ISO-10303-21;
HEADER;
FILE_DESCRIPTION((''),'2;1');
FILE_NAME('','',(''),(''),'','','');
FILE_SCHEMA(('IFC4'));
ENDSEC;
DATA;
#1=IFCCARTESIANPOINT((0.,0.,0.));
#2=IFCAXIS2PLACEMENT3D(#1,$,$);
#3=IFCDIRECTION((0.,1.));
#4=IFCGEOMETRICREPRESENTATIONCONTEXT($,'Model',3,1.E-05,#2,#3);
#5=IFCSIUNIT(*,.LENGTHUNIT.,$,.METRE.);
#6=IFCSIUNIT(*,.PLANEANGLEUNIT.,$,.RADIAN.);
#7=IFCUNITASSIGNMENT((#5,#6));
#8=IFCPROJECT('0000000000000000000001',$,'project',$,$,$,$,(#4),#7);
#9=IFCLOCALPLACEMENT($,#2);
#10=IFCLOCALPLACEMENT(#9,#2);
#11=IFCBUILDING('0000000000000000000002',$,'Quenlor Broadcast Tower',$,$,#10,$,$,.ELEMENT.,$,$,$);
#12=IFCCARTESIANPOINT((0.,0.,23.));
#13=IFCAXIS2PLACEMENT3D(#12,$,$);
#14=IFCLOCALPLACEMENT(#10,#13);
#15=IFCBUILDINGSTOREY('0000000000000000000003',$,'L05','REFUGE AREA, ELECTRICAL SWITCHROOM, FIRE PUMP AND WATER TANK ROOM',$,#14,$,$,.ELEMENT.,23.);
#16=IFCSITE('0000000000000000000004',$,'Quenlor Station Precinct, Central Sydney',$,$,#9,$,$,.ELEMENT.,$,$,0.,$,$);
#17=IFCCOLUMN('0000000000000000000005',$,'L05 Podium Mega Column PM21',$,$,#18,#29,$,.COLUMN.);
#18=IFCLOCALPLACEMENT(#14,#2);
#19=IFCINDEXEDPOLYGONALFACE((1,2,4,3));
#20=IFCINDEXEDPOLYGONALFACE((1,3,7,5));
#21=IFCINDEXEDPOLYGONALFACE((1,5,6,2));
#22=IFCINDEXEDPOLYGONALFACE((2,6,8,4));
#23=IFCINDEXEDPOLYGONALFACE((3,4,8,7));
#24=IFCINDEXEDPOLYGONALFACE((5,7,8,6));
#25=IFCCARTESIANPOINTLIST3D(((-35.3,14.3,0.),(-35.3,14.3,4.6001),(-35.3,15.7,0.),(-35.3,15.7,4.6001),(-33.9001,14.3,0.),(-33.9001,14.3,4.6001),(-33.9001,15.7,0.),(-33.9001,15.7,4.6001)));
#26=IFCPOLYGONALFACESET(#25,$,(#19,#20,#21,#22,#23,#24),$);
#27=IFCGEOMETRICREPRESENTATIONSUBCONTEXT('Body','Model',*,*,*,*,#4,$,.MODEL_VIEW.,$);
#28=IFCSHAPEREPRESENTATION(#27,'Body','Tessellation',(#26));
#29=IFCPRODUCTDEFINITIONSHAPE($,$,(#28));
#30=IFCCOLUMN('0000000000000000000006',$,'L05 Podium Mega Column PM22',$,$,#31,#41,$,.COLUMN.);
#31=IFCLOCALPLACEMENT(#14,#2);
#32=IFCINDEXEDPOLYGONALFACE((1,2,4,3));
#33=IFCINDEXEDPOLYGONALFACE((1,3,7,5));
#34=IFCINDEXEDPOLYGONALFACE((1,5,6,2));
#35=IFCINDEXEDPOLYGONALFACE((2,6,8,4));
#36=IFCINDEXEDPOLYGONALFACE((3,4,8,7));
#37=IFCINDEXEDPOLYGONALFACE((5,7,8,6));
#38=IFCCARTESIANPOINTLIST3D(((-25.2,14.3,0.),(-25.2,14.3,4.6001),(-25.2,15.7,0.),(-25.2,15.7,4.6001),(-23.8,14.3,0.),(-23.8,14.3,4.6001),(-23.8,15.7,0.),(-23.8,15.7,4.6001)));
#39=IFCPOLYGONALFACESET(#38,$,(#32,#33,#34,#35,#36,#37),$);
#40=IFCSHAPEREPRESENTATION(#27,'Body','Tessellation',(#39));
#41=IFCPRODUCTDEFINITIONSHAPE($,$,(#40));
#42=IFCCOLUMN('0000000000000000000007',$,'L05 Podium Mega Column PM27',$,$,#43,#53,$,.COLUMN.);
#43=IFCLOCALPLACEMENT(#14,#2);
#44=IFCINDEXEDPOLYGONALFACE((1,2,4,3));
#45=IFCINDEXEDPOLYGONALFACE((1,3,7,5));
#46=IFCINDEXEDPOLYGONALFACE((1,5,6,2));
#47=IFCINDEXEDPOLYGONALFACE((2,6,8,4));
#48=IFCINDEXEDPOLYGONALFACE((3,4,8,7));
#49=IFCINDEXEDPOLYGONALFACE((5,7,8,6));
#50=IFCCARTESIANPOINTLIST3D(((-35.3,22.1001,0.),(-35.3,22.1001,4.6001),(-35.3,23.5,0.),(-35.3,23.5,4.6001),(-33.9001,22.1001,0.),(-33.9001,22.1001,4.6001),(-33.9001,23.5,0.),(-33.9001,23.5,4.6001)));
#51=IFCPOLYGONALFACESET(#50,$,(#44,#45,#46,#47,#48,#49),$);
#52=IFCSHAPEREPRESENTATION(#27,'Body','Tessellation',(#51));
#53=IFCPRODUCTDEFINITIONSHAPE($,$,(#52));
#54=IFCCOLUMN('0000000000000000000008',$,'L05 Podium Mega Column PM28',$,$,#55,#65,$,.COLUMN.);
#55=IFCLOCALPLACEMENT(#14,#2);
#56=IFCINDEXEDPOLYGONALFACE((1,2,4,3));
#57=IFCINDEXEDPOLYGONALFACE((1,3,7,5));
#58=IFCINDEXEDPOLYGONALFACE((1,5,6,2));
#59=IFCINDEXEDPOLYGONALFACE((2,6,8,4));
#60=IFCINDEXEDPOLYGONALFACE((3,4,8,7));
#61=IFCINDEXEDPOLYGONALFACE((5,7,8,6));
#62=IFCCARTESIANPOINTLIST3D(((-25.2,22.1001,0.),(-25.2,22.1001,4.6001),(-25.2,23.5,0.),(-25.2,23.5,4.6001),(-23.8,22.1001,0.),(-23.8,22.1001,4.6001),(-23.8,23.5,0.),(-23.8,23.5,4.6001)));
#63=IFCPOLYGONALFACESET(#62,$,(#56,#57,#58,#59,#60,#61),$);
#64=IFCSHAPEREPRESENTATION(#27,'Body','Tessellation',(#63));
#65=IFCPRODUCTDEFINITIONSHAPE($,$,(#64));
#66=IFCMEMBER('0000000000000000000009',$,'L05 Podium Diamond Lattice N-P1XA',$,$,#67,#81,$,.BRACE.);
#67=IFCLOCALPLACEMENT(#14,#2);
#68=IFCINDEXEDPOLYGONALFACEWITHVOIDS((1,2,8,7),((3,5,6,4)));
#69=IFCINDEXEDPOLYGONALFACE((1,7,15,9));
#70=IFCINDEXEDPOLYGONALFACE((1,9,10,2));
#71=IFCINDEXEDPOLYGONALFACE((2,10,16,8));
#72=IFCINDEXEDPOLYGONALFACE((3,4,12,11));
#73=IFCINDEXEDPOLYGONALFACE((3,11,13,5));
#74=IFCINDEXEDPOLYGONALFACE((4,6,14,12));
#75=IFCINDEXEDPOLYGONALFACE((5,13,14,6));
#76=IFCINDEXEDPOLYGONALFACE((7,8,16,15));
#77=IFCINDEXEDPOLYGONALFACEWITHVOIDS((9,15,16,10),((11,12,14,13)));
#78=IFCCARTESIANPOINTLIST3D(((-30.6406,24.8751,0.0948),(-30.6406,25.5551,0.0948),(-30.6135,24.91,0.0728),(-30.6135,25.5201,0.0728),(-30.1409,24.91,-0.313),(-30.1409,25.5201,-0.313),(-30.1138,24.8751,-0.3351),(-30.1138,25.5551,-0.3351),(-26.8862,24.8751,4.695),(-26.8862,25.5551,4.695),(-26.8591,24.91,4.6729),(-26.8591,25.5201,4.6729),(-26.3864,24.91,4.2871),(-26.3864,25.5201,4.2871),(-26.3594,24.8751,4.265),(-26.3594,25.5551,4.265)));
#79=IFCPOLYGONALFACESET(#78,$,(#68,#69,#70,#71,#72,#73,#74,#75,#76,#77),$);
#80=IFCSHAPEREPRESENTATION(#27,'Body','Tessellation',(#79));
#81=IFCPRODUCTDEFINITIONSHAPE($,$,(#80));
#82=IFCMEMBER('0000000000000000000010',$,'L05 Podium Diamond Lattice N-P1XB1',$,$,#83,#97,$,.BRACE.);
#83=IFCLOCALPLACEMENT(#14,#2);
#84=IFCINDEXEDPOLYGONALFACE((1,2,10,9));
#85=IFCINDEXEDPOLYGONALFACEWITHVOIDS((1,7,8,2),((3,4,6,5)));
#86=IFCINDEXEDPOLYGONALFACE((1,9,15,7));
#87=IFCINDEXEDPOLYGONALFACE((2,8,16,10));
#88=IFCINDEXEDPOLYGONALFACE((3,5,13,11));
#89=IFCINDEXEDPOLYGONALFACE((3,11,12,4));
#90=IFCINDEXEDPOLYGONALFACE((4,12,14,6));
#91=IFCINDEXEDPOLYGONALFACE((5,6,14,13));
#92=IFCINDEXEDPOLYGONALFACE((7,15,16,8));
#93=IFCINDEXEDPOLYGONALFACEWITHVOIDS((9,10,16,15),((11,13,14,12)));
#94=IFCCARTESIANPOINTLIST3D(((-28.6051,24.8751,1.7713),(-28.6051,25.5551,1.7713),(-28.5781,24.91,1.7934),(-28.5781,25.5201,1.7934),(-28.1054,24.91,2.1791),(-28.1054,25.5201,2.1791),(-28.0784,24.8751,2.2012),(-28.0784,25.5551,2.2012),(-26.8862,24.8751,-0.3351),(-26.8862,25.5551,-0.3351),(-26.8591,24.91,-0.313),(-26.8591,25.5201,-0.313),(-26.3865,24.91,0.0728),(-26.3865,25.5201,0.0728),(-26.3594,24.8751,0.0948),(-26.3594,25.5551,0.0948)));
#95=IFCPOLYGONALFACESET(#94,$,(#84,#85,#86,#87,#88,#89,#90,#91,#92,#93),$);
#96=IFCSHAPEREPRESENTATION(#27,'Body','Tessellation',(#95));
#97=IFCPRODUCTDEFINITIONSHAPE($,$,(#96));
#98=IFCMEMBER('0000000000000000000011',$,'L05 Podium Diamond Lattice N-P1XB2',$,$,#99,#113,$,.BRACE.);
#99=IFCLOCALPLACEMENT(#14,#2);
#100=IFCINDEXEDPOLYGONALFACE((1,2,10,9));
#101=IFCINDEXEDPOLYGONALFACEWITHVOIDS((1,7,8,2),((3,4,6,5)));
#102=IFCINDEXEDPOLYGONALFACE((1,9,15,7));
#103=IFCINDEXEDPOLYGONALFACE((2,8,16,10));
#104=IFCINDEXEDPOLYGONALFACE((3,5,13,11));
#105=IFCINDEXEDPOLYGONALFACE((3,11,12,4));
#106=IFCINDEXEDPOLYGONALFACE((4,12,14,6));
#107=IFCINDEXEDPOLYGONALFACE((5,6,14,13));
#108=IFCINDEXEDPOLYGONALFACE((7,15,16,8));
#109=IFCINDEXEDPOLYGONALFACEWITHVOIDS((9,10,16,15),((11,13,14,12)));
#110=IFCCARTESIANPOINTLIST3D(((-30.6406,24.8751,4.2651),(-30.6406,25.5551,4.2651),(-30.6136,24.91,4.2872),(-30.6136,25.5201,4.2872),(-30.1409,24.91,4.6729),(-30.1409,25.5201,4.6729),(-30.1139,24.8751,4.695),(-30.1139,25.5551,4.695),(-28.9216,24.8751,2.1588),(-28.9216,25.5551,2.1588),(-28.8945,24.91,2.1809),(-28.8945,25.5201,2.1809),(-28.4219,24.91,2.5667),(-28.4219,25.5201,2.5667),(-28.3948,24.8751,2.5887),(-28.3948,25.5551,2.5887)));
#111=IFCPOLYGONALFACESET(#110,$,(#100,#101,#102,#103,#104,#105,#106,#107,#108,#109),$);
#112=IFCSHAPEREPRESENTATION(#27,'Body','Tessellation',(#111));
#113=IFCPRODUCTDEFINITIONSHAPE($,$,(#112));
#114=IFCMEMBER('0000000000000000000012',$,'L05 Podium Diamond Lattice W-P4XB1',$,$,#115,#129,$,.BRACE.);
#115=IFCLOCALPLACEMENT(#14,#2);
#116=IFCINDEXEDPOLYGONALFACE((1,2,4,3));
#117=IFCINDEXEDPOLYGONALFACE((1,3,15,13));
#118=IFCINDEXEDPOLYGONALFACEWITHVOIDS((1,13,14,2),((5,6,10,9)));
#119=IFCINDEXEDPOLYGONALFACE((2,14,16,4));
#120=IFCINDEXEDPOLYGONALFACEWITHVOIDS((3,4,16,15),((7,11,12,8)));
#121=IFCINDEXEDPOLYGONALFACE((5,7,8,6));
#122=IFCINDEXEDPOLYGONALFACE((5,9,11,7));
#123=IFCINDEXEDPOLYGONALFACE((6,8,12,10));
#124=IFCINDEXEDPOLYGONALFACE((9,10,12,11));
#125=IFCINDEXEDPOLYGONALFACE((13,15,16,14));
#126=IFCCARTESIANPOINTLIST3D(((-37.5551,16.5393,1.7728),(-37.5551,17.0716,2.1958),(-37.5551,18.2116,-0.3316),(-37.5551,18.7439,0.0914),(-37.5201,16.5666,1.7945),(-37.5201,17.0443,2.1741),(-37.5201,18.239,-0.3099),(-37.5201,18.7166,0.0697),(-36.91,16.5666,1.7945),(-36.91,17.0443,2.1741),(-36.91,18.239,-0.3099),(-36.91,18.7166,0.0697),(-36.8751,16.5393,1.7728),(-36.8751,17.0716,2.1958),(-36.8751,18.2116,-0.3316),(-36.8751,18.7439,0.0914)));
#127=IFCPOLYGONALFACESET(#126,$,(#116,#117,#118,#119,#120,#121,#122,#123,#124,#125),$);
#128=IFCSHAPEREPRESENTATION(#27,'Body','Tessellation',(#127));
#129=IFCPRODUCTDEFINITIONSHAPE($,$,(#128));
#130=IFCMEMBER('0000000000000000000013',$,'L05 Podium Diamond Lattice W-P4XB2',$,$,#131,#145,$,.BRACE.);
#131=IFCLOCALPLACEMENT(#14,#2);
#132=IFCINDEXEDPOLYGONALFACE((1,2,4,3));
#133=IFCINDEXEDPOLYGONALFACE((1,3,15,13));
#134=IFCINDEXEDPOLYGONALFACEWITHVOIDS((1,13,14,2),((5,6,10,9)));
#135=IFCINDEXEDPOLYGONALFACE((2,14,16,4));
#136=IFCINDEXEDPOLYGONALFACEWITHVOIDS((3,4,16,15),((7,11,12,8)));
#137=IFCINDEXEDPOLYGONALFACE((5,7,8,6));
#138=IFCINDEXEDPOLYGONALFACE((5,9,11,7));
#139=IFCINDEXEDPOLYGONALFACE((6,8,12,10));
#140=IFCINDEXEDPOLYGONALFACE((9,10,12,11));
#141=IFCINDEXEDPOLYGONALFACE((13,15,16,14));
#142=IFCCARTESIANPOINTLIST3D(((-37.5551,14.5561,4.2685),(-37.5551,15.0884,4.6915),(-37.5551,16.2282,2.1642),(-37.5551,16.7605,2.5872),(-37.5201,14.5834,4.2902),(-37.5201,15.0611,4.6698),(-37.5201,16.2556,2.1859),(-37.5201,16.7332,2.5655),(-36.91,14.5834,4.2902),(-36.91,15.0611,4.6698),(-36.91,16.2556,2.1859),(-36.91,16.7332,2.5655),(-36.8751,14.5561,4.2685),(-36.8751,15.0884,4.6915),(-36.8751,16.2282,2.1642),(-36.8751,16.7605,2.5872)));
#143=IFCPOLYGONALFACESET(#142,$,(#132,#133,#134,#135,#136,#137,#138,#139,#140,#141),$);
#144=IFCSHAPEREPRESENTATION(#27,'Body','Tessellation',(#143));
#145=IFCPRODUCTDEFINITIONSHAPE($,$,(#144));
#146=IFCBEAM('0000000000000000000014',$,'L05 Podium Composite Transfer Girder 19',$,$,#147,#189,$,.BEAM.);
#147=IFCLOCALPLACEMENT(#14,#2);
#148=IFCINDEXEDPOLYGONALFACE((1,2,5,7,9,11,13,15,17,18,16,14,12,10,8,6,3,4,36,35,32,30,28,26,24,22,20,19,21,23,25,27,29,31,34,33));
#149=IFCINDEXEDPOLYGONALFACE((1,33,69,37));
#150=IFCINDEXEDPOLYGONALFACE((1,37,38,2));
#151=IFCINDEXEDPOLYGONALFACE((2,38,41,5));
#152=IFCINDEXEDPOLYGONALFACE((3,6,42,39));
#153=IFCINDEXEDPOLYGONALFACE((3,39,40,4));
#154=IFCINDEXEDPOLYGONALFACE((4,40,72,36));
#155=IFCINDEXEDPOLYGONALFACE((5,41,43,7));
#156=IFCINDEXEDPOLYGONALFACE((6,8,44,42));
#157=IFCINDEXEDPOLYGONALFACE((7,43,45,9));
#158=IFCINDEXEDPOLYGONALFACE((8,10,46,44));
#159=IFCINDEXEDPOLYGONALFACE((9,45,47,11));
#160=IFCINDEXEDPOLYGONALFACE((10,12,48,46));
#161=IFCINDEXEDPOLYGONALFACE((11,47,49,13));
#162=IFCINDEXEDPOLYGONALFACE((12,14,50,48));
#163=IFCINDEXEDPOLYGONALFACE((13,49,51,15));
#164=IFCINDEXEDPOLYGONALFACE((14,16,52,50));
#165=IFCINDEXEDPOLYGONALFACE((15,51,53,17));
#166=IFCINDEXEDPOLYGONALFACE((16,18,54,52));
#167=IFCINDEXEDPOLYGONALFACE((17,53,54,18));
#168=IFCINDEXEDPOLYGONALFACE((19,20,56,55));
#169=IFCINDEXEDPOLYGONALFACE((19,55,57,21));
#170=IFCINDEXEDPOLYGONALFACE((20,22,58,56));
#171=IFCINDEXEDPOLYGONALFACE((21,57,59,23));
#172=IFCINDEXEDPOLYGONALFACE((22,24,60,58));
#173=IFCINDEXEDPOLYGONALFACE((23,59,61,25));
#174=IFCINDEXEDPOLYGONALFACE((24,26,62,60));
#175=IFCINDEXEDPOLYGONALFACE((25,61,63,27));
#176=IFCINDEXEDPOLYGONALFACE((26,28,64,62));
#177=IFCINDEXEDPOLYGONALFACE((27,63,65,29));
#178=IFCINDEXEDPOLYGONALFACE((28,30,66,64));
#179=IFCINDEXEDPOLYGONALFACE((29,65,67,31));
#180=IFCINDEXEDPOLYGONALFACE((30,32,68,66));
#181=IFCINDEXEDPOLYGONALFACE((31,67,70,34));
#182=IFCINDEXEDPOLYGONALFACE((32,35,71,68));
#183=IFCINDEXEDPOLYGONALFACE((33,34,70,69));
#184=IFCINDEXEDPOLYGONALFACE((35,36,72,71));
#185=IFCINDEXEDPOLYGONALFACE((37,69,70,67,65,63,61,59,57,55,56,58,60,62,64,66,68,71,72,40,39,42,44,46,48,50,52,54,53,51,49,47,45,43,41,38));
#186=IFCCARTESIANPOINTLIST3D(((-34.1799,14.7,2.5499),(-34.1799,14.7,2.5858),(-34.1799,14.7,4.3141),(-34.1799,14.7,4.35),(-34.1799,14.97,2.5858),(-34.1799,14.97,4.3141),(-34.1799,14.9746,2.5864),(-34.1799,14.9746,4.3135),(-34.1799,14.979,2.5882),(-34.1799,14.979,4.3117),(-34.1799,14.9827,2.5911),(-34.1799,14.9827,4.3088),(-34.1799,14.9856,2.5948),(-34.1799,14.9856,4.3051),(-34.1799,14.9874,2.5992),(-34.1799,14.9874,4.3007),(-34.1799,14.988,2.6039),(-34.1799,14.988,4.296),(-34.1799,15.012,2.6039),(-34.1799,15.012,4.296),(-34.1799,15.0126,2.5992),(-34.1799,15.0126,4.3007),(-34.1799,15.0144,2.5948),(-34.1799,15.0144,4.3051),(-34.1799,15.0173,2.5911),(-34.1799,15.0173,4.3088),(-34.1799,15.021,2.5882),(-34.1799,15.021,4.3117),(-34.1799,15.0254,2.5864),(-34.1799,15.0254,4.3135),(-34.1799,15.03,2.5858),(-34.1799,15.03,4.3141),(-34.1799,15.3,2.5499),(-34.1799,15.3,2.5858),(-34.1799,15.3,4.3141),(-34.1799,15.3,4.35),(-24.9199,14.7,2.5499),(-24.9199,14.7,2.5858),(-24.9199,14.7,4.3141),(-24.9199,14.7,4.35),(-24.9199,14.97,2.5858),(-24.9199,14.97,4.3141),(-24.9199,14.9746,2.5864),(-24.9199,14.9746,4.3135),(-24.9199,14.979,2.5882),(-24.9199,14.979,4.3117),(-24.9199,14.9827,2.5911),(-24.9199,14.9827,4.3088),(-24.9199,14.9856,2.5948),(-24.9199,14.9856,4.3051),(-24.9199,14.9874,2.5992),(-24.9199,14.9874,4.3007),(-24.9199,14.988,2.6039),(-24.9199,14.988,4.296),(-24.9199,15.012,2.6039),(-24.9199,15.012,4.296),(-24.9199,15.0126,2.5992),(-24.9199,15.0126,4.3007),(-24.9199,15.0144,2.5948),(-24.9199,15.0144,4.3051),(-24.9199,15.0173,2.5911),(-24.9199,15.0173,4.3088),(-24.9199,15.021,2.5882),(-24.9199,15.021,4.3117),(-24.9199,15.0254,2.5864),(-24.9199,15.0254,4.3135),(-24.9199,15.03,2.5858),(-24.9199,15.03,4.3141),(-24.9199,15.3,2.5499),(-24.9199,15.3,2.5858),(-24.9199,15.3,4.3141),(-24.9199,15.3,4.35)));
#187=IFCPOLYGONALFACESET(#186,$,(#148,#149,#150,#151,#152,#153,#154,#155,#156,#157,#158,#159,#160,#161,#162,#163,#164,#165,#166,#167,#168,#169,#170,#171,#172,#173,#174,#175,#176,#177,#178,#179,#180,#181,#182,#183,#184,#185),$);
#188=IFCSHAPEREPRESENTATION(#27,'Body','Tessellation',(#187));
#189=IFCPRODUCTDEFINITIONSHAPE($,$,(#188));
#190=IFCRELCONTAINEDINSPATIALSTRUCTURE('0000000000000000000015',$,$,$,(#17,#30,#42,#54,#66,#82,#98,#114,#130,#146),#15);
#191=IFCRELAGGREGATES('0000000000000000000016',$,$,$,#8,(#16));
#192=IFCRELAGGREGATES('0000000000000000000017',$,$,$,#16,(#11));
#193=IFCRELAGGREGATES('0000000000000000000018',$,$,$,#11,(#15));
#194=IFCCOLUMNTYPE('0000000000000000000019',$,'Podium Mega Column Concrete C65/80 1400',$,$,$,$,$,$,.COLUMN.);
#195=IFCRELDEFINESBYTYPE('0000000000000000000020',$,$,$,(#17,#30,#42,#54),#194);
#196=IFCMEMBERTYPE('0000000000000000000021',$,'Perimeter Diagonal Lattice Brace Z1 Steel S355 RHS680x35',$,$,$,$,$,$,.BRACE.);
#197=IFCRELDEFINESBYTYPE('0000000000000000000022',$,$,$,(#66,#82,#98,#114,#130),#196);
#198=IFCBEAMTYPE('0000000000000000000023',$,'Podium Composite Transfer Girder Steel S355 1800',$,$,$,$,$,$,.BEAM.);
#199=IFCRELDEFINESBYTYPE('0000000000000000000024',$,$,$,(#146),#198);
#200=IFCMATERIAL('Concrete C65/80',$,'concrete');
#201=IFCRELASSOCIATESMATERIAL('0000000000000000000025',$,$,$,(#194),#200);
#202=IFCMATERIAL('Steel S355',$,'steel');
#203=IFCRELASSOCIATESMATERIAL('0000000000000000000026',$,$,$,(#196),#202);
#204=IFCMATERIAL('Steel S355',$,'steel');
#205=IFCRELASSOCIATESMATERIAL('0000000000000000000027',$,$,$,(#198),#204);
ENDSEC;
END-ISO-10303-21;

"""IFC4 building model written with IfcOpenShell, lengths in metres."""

from ifc_helpers import new_model, si_unit, direction, frame, origin, origin_2d, place, context, subcontext, project, spatial, rectangle, hollow_rectangle, i_section, extrude, material, material_profile, profile_set, type_object, element, save


model = new_model("IFC4")

# Units and contexts
model_context = context("Model", 3, precision=1e-05, world=origin(), true_north=direction((0.0, 1.0)))
body_context = subcontext(model_context, "Body", "Model", "MODEL_VIEW")
ifc_project = project(units=[si_unit("LENGTHUNIT", "METRE"), si_unit("PLANEANGLEUNIT", "RADIAN")], contexts=[model_context])

# Site, building, storey
site_placement = place(None, origin())
site = spatial("IfcSite", under=ifc_project, at=site_placement, Name="Quenlor Station Precinct, Central Sydney", CompositionType="ELEMENT", RefElevation=0.0)
building_placement = place(site_placement, origin())
building = spatial("IfcBuilding", under=site, at=building_placement, Name="Quenlor Broadcast Tower", CompositionType="ELEMENT")
storey_placement = place(building_placement, frame((0.0, 0.0, 23.0)))
storey = spatial("IfcBuildingStorey", under=building, at=storey_placement, Name="L05", Description="REFUGE AREA, ELECTRICAL SWITCHROOM, FIRE PUMP AND WATER TANK ROOM", CompositionType="ELEMENT", Elevation=23.0)

# Columns
ifc_material_1 = material(Name="Concrete C65/80", Category="concrete")
ifc_material_profile_1 = material_profile(ifc_material_1, rectangle(XDim=1.3999, YDim=1.3999, at=origin_2d()))
ifc_profile_set_1 = profile_set([ifc_material_profile_1], Name="Concrete C65/80 RC1400x1400")
column_type = type_object("IfcColumnType", Name="Podium Mega Column Concrete C65/80 1400", PredefinedType="COLUMN", material=ifc_profile_set_1)
for number, where, z_axis, x_axis, name in (
    (1, (-34.6001, 15.0, 0.0), (0.0, 0.0, 1.0), (1.0, 0.0, 0.0), "L05 Podium Mega Column PM21"),
    (2, (-24.5, 15.0, 0.0), (0.0, 0.0, 1.0), (1.0, 0.0, 0.0), "L05 Podium Mega Column PM22"),
    (3, (-34.6001, 22.8, 0.0), (0.0, 0.0, 1.0), (1.0, 0.0, 0.0), "L05 Podium Mega Column PM27"),
    (4, (-24.5, 22.8, 0.0), (0.0, 0.0, 1.0), (1.0, 0.0, 0.0), "L05 Podium Mega Column PM28"),
):
    element("IfcColumn", number, at=place(storey_placement, frame(where, z_axis=z_axis, x_axis=x_axis)), inside=storey, type_object=column_type, Name=name, PredefinedType="COLUMN", context=body_context, shape_type="SweptSolid", body=[
        extrude(rectangle(XDim=1.3999, YDim=1.3999, at=origin_2d()), origin(), (0.0, 0.0, 1.0), 4.6001),
    ])

# Members
ifc_material_2 = material(Name="Steel S355", Category="steel")
ifc_material_profile_2 = material_profile(ifc_material_2, hollow_rectangle(XDim=0.6799, YDim=0.6799, WallThickness=0.0349, at=origin_2d()))
ifc_profile_set_2 = profile_set([ifc_material_profile_2], Name="Steel S355 RHS680x680x35")
member_type = type_object("IfcMemberType", Name="Perimeter Diagonal Lattice Brace Z1 Steel S355 RHS680x35", PredefinedType="BRACE", material=ifc_profile_set_2)
member_1_placement = place(storey_placement, frame((-30.3772, 25.2151, -0.1201), z_axis=(0.632297, 0.0, 0.774726), x_axis=(0.0, 1.0, 0.0)))
element("IfcMember", 5, at=member_1_placement, inside=storey, type_object=member_type, Name="L05 Podium Diamond Lattice N-P1XA", PredefinedType="BRACE", context=body_context, shape_type="SweptSolid", body=[
    extrude(hollow_rectangle(XDim=0.6799, YDim=0.6799, WallThickness=0.0349, at=origin_2d()), origin(), (0.0, 0.0, 1.0), 5.9377),
])
for number, where, z_axis, x_axis, name in (
    (6, (-26.6228, 25.2151, -0.1201), (-0.632254, 0.0, 0.774761), (0.0, -1.0, 0.0), "L05 Podium Diamond Lattice N-P1XB1"),
    (7, (-28.6582, 25.2151, 2.3738), (-0.632298, 0.0, 0.774725), (0.0, -1.0, 0.0), "L05 Podium Diamond Lattice N-P1XB2"),
):
    element("IfcMember", number, at=place(storey_placement, frame(where, z_axis=z_axis, x_axis=x_axis)), inside=storey, type_object=member_type, Name=name, PredefinedType="BRACE", context=body_context, shape_type="SweptSolid", body=[
        extrude(hollow_rectangle(XDim=0.6799, YDim=0.6799, WallThickness=0.0349, at=origin_2d()), origin(), (0.0, 0.0, 1.0), 2.7188),
    ])
member_2_placement = place(storey_placement, frame((-37.2151, 18.4778, -0.1201), z_axis=(0.0, -0.622144, 0.782903), x_axis=(1.0, 0.0, 0.0)))
element("IfcMember", 8, at=member_2_placement, inside=storey, type_object=member_type, Name="L05 Podium Diamond Lattice W-P4XB1", PredefinedType="BRACE", context=body_context, shape_type="SweptSolid", body=[
    extrude(hollow_rectangle(XDim=0.6799, YDim=0.6799, WallThickness=0.0349, at=origin_2d()), origin(), (0.0, 0.0, 1.0), 2.688),
])
member_3_placement = place(storey_placement, frame((-37.2151, 16.4944, 2.3757), z_axis=(0.0, -0.622133, 0.782912), x_axis=(1.0, 0.0, 0.0)))
element("IfcMember", 9, at=member_3_placement, inside=storey, type_object=member_type, Name="L05 Podium Diamond Lattice W-P4XB2", PredefinedType="BRACE", context=body_context, shape_type="SweptSolid", body=[
    extrude(hollow_rectangle(XDim=0.6799, YDim=0.6799, WallThickness=0.0349, at=origin_2d()), origin(), (0.0, 0.0, 1.0), 2.6877),
])

# Beam
ifc_material_3 = material(Name="Steel S355", Category="steel")
ifc_material_profile_3 = material_profile(ifc_material_3, i_section(OverallWidth=0.6001, OverallDepth=1.8, WebThickness=0.0239, FlangeThickness=0.0359, FilletRadius=0.0181, at=origin_2d()))
ifc_profile_set_3 = profile_set([ifc_material_profile_3], Name="Steel S355 1800TG620")
beam_type = type_object("IfcBeamType", Name="Podium Composite Transfer Girder Steel S355 1800", PredefinedType="BEAM", material=ifc_profile_set_3)
beam_1_placement = place(storey_placement, frame((-34.1799, 15.0, 3.45), z_axis=(1.0, 0.0, 0.0), x_axis=(0.0, 1.0, 0.0)))
element("IfcBeam", 10, at=beam_1_placement, inside=storey, type_object=beam_type, Name="L05 Podium Composite Transfer Girder 19", PredefinedType="BEAM", context=body_context, shape_type="SweptSolid", body=[
    extrude(i_section(OverallWidth=0.6001, OverallDepth=1.8, WebThickness=0.0239, FlangeThickness=0.0359, FilletRadius=0.0181, at=origin_2d()), origin(), (0.0, 0.0, 1.0), 9.26),
])

save(model, "model.ifc")
